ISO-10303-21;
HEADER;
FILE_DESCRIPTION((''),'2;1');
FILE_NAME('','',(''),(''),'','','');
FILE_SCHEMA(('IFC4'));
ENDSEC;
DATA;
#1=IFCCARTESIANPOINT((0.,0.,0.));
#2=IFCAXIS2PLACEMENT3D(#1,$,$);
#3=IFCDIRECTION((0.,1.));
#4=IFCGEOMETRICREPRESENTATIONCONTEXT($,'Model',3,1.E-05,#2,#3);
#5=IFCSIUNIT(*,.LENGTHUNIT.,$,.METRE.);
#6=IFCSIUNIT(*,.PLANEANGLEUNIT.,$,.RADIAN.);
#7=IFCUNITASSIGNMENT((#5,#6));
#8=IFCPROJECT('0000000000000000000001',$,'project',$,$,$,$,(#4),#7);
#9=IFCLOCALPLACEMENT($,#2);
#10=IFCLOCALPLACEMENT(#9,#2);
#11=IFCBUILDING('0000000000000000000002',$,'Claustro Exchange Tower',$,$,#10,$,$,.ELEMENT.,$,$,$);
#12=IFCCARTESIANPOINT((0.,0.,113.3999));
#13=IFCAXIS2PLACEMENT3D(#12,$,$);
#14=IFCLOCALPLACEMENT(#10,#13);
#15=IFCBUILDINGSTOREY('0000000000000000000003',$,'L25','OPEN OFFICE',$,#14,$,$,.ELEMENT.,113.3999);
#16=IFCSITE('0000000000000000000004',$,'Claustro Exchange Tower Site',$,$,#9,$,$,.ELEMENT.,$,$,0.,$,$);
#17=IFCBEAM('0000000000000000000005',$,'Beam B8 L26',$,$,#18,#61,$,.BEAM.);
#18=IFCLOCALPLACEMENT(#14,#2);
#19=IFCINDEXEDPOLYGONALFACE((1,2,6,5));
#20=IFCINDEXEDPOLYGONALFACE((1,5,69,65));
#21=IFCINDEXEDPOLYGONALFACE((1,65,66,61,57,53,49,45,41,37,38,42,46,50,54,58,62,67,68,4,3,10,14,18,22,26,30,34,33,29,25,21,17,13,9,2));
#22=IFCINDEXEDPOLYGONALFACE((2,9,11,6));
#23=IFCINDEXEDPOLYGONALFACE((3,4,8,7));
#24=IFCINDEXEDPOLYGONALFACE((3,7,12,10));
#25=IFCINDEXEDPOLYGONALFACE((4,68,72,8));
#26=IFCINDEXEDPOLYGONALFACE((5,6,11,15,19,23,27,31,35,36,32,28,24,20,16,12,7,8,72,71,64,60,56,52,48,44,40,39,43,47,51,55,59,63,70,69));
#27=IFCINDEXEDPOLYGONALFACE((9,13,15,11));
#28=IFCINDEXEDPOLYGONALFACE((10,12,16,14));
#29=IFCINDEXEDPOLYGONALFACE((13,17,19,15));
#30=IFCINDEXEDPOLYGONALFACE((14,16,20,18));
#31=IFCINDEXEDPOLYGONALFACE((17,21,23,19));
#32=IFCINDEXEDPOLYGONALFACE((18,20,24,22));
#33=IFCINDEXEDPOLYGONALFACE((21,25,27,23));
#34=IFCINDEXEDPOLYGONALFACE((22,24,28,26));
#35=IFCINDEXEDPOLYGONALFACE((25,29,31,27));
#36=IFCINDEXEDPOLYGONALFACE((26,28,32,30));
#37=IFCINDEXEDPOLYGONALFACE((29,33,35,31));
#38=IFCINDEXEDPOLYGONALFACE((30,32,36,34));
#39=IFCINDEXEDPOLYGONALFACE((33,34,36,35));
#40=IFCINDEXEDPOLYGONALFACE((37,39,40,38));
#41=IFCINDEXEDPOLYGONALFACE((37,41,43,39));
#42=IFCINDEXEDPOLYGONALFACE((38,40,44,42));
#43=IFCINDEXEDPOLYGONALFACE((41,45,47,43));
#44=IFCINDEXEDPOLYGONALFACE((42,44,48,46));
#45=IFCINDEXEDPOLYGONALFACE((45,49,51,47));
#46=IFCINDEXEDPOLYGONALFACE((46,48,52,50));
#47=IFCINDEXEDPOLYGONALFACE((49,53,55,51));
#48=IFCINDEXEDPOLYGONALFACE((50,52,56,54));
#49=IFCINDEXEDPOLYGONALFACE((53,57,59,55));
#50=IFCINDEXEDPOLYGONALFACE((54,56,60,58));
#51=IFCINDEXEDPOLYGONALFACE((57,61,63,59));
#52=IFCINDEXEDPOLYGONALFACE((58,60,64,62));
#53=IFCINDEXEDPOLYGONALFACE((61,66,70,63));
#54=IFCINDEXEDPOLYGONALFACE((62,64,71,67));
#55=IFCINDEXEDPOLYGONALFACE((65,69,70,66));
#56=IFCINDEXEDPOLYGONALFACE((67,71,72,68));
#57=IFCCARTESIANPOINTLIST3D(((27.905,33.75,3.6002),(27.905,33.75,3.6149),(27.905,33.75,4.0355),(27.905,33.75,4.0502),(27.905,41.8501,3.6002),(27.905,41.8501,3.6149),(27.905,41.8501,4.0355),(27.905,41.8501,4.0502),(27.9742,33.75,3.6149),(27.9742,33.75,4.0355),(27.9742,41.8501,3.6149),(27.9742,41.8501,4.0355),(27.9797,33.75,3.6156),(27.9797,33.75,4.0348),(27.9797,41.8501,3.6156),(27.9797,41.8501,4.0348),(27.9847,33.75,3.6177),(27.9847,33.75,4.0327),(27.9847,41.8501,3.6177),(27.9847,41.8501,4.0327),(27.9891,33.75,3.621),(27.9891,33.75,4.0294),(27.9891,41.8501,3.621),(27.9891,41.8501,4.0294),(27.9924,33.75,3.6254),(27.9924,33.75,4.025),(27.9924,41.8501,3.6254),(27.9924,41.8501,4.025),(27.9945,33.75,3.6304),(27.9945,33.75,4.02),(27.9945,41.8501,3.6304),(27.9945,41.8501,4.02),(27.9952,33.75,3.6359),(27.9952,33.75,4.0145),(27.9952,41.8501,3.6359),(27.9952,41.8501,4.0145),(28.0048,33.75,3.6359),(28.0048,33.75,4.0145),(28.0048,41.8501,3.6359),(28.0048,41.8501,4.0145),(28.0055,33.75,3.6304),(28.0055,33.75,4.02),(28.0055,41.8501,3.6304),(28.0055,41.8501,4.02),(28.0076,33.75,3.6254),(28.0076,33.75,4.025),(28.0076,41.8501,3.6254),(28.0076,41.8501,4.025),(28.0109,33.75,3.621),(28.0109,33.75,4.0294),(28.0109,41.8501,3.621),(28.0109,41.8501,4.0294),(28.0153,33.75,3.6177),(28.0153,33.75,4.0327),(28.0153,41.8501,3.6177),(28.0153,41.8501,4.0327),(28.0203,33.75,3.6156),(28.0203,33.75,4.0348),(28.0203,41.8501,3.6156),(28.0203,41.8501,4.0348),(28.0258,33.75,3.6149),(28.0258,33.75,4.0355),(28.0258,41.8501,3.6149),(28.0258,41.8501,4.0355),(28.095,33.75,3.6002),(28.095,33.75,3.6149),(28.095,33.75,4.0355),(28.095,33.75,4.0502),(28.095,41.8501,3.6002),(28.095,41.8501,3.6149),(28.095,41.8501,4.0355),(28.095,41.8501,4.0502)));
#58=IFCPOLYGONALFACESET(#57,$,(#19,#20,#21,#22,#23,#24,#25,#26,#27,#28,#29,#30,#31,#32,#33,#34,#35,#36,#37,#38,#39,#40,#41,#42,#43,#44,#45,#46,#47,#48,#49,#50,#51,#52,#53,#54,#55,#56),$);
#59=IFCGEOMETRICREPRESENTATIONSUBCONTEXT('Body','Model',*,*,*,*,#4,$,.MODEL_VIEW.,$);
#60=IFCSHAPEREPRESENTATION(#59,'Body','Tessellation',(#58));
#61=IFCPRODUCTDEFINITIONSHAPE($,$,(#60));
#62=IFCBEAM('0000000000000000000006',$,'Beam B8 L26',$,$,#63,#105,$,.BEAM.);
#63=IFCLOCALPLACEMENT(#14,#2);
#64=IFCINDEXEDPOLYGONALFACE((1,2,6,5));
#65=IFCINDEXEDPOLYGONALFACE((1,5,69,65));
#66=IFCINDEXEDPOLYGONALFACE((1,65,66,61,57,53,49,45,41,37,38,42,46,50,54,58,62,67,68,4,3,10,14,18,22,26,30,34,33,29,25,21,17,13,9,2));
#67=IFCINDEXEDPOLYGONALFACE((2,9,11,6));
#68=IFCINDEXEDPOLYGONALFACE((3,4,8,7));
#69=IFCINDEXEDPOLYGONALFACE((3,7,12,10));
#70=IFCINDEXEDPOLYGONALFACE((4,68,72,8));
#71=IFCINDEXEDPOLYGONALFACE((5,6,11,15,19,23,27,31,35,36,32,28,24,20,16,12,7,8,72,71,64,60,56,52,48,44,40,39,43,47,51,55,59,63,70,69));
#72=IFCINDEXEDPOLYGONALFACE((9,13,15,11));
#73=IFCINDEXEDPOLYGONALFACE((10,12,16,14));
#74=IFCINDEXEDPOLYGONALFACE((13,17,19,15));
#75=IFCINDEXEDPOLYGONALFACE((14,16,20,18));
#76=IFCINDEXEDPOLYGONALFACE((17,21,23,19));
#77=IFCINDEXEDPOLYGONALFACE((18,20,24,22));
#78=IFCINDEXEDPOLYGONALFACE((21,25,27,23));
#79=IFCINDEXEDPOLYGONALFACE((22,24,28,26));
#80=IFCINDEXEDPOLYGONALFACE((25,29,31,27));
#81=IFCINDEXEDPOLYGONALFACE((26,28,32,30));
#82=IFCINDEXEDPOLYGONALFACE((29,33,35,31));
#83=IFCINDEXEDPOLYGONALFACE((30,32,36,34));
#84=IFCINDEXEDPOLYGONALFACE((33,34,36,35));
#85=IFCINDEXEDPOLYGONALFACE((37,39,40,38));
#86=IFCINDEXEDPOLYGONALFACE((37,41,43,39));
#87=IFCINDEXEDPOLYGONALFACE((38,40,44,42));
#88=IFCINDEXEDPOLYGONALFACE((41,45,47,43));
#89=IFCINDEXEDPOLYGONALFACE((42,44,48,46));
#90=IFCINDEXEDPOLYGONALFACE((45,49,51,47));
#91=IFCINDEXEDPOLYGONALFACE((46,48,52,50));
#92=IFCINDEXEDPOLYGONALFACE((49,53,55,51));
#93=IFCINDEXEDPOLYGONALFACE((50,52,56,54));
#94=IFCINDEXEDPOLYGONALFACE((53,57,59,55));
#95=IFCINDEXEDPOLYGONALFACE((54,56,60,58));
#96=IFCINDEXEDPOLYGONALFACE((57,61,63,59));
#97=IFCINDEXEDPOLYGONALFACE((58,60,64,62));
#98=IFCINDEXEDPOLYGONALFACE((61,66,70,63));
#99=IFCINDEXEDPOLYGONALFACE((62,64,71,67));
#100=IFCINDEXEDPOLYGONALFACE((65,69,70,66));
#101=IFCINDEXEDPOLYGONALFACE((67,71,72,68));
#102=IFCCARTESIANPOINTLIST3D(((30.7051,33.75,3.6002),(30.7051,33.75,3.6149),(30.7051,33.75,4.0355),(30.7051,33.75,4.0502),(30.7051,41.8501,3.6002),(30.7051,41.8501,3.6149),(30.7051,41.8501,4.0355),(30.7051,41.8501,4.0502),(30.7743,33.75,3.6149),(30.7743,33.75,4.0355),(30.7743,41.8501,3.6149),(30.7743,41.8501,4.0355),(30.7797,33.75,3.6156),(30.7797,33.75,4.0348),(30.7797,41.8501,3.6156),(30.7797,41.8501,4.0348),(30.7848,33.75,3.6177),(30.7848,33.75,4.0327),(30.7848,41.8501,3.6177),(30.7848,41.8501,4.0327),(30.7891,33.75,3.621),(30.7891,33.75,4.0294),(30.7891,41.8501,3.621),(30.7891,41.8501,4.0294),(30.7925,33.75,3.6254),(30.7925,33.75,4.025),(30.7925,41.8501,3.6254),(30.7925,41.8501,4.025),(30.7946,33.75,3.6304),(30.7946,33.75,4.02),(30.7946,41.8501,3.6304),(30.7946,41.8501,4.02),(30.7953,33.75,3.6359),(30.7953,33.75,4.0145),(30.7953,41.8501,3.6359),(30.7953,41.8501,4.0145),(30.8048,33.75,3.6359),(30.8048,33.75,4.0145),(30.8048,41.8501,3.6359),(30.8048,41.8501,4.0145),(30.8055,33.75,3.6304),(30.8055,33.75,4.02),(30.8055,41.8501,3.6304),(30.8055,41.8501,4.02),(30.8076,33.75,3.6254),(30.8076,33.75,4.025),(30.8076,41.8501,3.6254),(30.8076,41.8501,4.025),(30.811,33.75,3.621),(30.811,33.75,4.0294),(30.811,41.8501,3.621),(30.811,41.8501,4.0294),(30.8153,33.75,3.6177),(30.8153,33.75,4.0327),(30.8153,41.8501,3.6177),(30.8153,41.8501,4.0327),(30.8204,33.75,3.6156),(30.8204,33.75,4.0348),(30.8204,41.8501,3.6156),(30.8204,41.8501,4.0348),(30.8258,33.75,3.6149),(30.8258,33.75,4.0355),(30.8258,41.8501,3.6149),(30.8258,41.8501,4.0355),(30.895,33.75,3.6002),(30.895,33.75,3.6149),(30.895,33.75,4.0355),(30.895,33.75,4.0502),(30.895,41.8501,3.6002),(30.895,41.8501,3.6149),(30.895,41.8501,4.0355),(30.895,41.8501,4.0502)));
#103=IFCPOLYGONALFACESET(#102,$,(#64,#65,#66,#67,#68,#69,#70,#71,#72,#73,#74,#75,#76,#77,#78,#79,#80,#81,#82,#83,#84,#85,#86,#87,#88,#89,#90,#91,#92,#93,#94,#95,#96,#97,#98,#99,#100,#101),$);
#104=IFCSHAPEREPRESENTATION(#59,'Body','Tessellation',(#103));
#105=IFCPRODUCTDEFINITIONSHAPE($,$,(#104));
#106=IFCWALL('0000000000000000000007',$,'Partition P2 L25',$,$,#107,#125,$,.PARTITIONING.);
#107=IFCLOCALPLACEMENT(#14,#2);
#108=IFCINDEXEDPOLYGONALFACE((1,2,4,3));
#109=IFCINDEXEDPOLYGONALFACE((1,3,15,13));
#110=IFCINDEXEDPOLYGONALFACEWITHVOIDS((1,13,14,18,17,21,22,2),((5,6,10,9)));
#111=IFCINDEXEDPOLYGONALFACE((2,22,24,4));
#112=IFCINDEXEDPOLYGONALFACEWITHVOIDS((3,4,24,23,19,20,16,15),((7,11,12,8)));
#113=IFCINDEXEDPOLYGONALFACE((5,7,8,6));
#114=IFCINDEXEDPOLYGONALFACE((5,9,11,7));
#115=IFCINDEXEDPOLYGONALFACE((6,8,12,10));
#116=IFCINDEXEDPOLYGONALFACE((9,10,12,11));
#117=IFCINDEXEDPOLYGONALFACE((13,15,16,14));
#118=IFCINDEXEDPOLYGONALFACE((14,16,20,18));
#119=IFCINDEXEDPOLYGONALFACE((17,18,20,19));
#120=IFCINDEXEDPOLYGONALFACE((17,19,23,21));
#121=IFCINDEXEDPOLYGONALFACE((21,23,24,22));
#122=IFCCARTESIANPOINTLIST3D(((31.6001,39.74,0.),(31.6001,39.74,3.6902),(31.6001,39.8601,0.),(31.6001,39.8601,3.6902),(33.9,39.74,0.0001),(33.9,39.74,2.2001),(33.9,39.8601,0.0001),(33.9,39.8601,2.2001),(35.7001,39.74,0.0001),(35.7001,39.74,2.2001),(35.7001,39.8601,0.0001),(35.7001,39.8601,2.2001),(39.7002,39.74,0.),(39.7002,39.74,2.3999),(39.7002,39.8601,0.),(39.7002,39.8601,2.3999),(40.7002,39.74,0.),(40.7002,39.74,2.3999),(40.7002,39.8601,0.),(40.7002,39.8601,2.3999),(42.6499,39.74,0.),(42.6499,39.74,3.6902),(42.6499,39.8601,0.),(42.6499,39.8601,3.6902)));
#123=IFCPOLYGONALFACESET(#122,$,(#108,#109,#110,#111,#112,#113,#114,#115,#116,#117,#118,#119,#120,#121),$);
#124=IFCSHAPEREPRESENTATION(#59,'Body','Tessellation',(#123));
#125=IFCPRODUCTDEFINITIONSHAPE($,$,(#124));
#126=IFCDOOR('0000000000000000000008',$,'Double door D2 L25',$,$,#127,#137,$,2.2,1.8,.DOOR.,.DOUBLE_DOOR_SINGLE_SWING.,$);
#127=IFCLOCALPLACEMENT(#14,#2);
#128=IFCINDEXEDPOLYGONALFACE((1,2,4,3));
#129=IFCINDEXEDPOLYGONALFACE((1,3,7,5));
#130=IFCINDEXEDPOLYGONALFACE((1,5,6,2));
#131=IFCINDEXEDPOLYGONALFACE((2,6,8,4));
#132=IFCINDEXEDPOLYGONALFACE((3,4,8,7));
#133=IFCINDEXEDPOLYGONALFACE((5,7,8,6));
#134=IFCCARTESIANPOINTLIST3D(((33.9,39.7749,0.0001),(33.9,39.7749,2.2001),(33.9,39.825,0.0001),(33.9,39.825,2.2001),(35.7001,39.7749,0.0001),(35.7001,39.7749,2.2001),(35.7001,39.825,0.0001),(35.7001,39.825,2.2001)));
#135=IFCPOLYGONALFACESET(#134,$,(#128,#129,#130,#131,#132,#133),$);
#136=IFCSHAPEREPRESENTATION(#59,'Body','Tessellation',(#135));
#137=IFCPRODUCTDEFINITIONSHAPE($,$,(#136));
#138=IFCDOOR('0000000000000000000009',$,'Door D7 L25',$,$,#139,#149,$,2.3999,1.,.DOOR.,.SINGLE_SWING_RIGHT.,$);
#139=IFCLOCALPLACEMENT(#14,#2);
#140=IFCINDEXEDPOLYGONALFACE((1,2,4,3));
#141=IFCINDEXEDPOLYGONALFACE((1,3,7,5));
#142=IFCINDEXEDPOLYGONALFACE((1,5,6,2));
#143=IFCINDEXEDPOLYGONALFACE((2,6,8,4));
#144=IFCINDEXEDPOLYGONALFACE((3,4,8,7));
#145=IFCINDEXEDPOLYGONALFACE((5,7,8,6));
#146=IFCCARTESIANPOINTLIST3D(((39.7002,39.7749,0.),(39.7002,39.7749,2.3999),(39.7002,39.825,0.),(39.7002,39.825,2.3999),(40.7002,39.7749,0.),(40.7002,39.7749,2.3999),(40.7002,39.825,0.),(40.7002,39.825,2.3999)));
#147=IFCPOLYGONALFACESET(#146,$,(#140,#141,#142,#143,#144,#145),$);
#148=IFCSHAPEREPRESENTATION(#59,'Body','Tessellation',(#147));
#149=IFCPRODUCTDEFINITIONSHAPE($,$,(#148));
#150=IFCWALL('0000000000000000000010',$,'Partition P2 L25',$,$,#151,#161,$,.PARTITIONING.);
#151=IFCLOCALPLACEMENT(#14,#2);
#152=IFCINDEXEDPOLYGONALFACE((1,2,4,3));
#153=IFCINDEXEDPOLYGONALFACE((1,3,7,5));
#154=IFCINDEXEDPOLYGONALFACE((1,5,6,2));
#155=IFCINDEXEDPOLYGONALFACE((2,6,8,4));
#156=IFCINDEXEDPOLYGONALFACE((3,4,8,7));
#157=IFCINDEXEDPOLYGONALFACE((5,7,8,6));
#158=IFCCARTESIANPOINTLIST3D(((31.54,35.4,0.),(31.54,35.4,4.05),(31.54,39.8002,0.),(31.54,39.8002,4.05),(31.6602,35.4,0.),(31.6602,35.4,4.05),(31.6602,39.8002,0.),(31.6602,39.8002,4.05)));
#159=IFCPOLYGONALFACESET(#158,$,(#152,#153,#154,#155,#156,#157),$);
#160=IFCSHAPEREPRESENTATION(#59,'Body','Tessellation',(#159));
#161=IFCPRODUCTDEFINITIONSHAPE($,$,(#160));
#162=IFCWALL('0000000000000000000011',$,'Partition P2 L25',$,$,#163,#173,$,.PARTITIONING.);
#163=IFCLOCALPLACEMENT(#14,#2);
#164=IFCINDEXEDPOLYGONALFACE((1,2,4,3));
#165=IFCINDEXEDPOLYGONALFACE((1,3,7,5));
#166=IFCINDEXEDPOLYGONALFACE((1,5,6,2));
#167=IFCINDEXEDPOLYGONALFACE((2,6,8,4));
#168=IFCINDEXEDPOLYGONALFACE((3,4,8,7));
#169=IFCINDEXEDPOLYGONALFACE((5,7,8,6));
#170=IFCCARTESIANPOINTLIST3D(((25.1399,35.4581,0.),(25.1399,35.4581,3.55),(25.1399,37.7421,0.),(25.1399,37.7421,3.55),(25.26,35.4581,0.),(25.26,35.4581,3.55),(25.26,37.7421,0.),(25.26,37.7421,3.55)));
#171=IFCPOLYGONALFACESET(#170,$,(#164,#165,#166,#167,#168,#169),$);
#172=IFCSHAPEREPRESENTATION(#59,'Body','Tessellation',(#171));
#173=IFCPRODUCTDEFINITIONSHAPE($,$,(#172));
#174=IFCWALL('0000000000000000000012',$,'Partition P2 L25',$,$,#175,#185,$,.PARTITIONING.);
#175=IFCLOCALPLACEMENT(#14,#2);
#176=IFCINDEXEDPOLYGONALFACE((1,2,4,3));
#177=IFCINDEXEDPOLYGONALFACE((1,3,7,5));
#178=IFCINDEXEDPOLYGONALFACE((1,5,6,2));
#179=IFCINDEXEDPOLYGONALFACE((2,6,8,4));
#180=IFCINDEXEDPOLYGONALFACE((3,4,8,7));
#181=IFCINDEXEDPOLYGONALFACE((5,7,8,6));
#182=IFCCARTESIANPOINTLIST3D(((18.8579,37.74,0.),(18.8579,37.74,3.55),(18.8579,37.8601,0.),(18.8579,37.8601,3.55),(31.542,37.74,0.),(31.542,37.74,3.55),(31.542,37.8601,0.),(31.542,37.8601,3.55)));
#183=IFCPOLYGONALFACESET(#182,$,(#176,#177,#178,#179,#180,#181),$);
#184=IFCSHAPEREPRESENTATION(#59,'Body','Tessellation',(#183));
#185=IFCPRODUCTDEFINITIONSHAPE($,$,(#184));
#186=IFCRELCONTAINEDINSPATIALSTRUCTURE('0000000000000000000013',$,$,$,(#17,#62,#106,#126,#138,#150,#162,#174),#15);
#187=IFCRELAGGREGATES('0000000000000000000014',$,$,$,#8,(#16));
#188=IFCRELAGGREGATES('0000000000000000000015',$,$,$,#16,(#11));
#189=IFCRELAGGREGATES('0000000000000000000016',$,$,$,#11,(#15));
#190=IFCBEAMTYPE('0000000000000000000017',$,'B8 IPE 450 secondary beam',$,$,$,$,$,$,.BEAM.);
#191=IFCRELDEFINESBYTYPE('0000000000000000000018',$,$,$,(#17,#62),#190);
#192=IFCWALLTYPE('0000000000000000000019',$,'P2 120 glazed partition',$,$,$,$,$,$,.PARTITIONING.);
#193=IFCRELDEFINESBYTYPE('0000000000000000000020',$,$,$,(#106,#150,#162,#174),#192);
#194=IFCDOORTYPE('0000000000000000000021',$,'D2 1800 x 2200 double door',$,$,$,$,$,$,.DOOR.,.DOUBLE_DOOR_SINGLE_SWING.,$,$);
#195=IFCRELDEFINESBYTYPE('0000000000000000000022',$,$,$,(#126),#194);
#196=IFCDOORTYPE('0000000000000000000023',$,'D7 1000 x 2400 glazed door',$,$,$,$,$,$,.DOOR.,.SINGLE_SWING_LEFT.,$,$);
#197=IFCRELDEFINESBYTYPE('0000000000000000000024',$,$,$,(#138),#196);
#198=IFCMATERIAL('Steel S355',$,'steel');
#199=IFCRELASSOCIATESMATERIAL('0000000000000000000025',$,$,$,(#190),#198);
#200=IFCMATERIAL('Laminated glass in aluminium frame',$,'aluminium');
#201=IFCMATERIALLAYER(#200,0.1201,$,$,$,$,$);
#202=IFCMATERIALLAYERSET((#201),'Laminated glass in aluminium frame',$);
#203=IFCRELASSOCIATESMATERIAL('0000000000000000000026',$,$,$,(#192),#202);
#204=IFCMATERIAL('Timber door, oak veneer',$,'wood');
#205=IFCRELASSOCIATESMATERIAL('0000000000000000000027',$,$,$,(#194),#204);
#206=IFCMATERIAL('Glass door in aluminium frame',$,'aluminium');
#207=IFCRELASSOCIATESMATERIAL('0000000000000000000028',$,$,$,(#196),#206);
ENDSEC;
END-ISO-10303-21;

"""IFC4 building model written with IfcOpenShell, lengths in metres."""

from ifc_helpers import new_model, si_unit, direction, frame, frame_2d, origin, origin_2d, place, context, subcontext, project, spatial, rectangle, i_section, extrude, material, layer, layer_set, material_profile, profile_set, type_object, element, fill, save


model = new_model("IFC4")

# Units and contexts
model_context = context("Model", 3, precision=1e-05, world=origin(), true_north=direction((0.0, 1.0)))
body_context = subcontext(model_context, "Body", "Model", "MODEL_VIEW")
ifc_project = project(units=[si_unit("LENGTHUNIT", "METRE"), si_unit("PLANEANGLEUNIT", "RADIAN")], contexts=[model_context])

# Site, building, storey
site_placement = place(None, origin())
site = spatial("IfcSite", under=ifc_project, at=site_placement, Name="Claustro Exchange Tower Site", CompositionType="ELEMENT", RefElevation=0.0)
building_placement = place(site_placement, origin())
building = spatial("IfcBuilding", under=site, at=building_placement, Name="Claustro Exchange Tower", CompositionType="ELEMENT")
storey_placement = place(building_placement, frame((0.0, 0.0, 113.3999)))
storey = spatial("IfcBuildingStorey", under=building, at=storey_placement, Name="L25", Description="OPEN OFFICE", CompositionType="ELEMENT", Elevation=113.3999)

# Beams
ifc_material_1 = material(Name="Steel S355", Category="steel")
ifc_material_profile_1 = material_profile(ifc_material_1, i_section(OverallWidth=0.1899, OverallDepth=0.45, WebThickness=0.0095, FlangeThickness=0.0146, FilletRadius=0.021, at=origin_2d()), Name="IPE 450")
ifc_profile_set_1 = profile_set([ifc_material_profile_1], Name="Steel S355")
beam_type_1 = type_object("IfcBeamType", Name="B8 IPE 450 secondary beam", PredefinedType="BEAM", material=ifc_profile_set_1)
for number, where, z_axis, x_axis, name in (
    (1, (28.0, 33.75, 3.8252), (0.0, 1.0, 0.0), (-1.0, 0.0, 0.0), "Beam B8 L26"),
    (2, (30.8, 33.75, 3.8252), (0.0, 1.0, 0.0), (-1.0, 0.0, 0.0), "Beam B8 L26"),
):
    element("IfcBeam", number, at=place(storey_placement, frame(where, z_axis=z_axis, x_axis=x_axis)), inside=storey, type_object=beam_type_1, Name=name, PredefinedType="BEAM", context=body_context, shape_type="SweptSolid", body=[
        extrude(i_section(OverallWidth=0.1899, OverallDepth=0.45, WebThickness=0.0095, FlangeThickness=0.0146, FilletRadius=0.021, at=origin_2d()), origin(), (0.0, 0.0, 1.0), 8.1001),
    ])

# Wall, openings, doors
ifc_material_2 = material(Name="Laminated glass in aluminium frame", Category="aluminium")
ifc_layer_1 = layer(ifc_material_2, 0.1201)
ifc_layer_set_1 = layer_set([ifc_layer_1], Name="Laminated glass in aluminium frame")
wall_type_1 = type_object("IfcWallType", Name="P2 120 glazed partition", PredefinedType="PARTITIONING", material=ifc_layer_set_1)
wall_1_placement = place(storey_placement, frame((31.6001, 39.8, 0.0), z_axis=(0.0, 0.0, 1.0), x_axis=(1.0, 0.0, 0.0)))
wall_1 = element("IfcWall", 3, at=wall_1_placement, inside=storey, type_object=wall_type_1, Name="Partition P2 L25", PredefinedType="PARTITIONING", context=body_context, shape_type="SweptSolid", body=[
    extrude(rectangle(XDim=11.0498, YDim=0.1201, at=frame_2d((5.5249, 0.0))), origin(), (0.0, 0.0, 1.0), 3.6902),
])
opening_1_placement = place(wall_1_placement, frame((2.3, 0.0, 0.0)))
opening_1 = element("IfcOpeningElement", 4, at=opening_1_placement, cuts=wall_1, PredefinedType="OPENING", context=body_context, shape_type="SweptSolid", body=[
    extrude(rectangle(XDim=1.8, YDim=2.2, at=frame_2d((0.8999, 1.1001))), frame((0.0, 0.0701, 0.0), z_axis=(0.0, -1.0, 0.0), x_axis=(1.0, 0.0, 0.0)), (0.0, 0.0, 1.0), 0.1401),
])
opening_2_placement = place(wall_1_placement, frame((8.1001, 0.0, 0.0)))
opening_2 = element("IfcOpeningElement", 5, at=opening_2_placement, cuts=wall_1, PredefinedType="OPENING", context=body_context, shape_type="SweptSolid", body=[
    extrude(rectangle(XDim=1.0, YDim=2.3999, at=frame_2d((0.5, 1.2))), frame((0.0, 0.0701, 0.0), z_axis=(0.0, -1.0, 0.0), x_axis=(1.0, 0.0, 0.0)), (0.0, 0.0, 1.0), 0.1401),
])
ifc_material_3 = material(Name="Timber door, oak veneer", Category="wood")
door_type_1 = type_object("IfcDoorType", Name="D2 1800 x 2200 double door", OperationType="DOUBLE_DOOR_SINGLE_SWING", PredefinedType="DOOR", material=ifc_material_3)
door_1_placement = place(opening_1_placement, origin())
door_1 = element("IfcDoor", 6, at=door_1_placement, inside=storey, type_object=door_type_1, Name="Double door D2 L25", OperationType="DOUBLE_DOOR_SINGLE_SWING", OverallHeight=2.2, OverallWidth=1.8, PredefinedType="DOOR", context=body_context, shape_type="SweptSolid", body=[
    extrude(rectangle(XDim=1.8, YDim=2.2, at=frame_2d((0.8999, 1.1001))), frame((0.0, 0.0249, 0.0), z_axis=(0.0, -1.0, 0.0), x_axis=(1.0, 0.0, 0.0)), (0.0, 0.0, 1.0), 0.05),
])
fill(opening_1, door_1)
ifc_material_4 = material(Name="Glass door in aluminium frame", Category="aluminium")
door_type_2 = type_object("IfcDoorType", Name="D7 1000 x 2400 glazed door", OperationType="SINGLE_SWING_LEFT", PredefinedType="DOOR", material=ifc_material_4)
door_2_placement = place(opening_2_placement, origin())
door_2 = element("IfcDoor", 7, at=door_2_placement, inside=storey, type_object=door_type_2, Name="Door D7 L25", OperationType="SINGLE_SWING_RIGHT", OverallHeight=2.3999, OverallWidth=1.0, PredefinedType="DOOR", context=body_context, shape_type="SweptSolid", body=[
    extrude(rectangle(XDim=1.0, YDim=2.3999, at=frame_2d((0.5, 1.2))), frame((0.0, 0.0249, 0.0), z_axis=(0.0, -1.0, 0.0), x_axis=(1.0, 0.0, 0.0)), (0.0, 0.0, 1.0), 0.05),
])
fill(opening_2, door_2)

# Walls
wall_2_placement = place(storey_placement, frame((31.6001, 35.3999, 0.0), z_axis=(0.0, 0.0, 1.0), x_axis=(0.0, 1.0, 0.0)))
element("IfcWall", 8, at=wall_2_placement, inside=storey, type_object=wall_type_1, Name="Partition P2 L25", PredefinedType="PARTITIONING", context=body_context, shape_type="SweptSolid", body=[
    extrude(rectangle(XDim=4.4001, YDim=0.1201, at=frame_2d((2.2002, 0.0))), origin(), (0.0, 0.0, 1.0), 4.05),
])
wall_3_placement = place(storey_placement, frame((25.2, 35.458, 0.0), z_axis=(0.0, 0.0, 1.0), x_axis=(0.0, 1.0, 0.0)))
element("IfcWall", 9, at=wall_3_placement, inside=storey, type_object=wall_type_1, Name="Partition P2 L25", PredefinedType="PARTITIONING", context=body_context, shape_type="SweptSolid", body=[
    extrude(rectangle(XDim=2.2839, YDim=0.1201, at=frame_2d((1.1421, 0.0))), origin(), (0.0, 0.0, 1.0), 3.55),
])
wall_4_placement = place(storey_placement, frame((18.8579, 37.8, 0.0), z_axis=(0.0, 0.0, 1.0), x_axis=(1.0, 0.0, 0.0)))
element("IfcWall", 10, at=wall_4_placement, inside=storey, type_object=wall_type_1, Name="Partition P2 L25", PredefinedType="PARTITIONING", context=body_context, shape_type="SweptSolid", body=[
    extrude(rectangle(XDim=12.6841, YDim=0.1201, at=frame_2d((6.342, 0.0))), origin(), (0.0, 0.0, 1.0), 3.55),
])

save(model, "model.ifc")
